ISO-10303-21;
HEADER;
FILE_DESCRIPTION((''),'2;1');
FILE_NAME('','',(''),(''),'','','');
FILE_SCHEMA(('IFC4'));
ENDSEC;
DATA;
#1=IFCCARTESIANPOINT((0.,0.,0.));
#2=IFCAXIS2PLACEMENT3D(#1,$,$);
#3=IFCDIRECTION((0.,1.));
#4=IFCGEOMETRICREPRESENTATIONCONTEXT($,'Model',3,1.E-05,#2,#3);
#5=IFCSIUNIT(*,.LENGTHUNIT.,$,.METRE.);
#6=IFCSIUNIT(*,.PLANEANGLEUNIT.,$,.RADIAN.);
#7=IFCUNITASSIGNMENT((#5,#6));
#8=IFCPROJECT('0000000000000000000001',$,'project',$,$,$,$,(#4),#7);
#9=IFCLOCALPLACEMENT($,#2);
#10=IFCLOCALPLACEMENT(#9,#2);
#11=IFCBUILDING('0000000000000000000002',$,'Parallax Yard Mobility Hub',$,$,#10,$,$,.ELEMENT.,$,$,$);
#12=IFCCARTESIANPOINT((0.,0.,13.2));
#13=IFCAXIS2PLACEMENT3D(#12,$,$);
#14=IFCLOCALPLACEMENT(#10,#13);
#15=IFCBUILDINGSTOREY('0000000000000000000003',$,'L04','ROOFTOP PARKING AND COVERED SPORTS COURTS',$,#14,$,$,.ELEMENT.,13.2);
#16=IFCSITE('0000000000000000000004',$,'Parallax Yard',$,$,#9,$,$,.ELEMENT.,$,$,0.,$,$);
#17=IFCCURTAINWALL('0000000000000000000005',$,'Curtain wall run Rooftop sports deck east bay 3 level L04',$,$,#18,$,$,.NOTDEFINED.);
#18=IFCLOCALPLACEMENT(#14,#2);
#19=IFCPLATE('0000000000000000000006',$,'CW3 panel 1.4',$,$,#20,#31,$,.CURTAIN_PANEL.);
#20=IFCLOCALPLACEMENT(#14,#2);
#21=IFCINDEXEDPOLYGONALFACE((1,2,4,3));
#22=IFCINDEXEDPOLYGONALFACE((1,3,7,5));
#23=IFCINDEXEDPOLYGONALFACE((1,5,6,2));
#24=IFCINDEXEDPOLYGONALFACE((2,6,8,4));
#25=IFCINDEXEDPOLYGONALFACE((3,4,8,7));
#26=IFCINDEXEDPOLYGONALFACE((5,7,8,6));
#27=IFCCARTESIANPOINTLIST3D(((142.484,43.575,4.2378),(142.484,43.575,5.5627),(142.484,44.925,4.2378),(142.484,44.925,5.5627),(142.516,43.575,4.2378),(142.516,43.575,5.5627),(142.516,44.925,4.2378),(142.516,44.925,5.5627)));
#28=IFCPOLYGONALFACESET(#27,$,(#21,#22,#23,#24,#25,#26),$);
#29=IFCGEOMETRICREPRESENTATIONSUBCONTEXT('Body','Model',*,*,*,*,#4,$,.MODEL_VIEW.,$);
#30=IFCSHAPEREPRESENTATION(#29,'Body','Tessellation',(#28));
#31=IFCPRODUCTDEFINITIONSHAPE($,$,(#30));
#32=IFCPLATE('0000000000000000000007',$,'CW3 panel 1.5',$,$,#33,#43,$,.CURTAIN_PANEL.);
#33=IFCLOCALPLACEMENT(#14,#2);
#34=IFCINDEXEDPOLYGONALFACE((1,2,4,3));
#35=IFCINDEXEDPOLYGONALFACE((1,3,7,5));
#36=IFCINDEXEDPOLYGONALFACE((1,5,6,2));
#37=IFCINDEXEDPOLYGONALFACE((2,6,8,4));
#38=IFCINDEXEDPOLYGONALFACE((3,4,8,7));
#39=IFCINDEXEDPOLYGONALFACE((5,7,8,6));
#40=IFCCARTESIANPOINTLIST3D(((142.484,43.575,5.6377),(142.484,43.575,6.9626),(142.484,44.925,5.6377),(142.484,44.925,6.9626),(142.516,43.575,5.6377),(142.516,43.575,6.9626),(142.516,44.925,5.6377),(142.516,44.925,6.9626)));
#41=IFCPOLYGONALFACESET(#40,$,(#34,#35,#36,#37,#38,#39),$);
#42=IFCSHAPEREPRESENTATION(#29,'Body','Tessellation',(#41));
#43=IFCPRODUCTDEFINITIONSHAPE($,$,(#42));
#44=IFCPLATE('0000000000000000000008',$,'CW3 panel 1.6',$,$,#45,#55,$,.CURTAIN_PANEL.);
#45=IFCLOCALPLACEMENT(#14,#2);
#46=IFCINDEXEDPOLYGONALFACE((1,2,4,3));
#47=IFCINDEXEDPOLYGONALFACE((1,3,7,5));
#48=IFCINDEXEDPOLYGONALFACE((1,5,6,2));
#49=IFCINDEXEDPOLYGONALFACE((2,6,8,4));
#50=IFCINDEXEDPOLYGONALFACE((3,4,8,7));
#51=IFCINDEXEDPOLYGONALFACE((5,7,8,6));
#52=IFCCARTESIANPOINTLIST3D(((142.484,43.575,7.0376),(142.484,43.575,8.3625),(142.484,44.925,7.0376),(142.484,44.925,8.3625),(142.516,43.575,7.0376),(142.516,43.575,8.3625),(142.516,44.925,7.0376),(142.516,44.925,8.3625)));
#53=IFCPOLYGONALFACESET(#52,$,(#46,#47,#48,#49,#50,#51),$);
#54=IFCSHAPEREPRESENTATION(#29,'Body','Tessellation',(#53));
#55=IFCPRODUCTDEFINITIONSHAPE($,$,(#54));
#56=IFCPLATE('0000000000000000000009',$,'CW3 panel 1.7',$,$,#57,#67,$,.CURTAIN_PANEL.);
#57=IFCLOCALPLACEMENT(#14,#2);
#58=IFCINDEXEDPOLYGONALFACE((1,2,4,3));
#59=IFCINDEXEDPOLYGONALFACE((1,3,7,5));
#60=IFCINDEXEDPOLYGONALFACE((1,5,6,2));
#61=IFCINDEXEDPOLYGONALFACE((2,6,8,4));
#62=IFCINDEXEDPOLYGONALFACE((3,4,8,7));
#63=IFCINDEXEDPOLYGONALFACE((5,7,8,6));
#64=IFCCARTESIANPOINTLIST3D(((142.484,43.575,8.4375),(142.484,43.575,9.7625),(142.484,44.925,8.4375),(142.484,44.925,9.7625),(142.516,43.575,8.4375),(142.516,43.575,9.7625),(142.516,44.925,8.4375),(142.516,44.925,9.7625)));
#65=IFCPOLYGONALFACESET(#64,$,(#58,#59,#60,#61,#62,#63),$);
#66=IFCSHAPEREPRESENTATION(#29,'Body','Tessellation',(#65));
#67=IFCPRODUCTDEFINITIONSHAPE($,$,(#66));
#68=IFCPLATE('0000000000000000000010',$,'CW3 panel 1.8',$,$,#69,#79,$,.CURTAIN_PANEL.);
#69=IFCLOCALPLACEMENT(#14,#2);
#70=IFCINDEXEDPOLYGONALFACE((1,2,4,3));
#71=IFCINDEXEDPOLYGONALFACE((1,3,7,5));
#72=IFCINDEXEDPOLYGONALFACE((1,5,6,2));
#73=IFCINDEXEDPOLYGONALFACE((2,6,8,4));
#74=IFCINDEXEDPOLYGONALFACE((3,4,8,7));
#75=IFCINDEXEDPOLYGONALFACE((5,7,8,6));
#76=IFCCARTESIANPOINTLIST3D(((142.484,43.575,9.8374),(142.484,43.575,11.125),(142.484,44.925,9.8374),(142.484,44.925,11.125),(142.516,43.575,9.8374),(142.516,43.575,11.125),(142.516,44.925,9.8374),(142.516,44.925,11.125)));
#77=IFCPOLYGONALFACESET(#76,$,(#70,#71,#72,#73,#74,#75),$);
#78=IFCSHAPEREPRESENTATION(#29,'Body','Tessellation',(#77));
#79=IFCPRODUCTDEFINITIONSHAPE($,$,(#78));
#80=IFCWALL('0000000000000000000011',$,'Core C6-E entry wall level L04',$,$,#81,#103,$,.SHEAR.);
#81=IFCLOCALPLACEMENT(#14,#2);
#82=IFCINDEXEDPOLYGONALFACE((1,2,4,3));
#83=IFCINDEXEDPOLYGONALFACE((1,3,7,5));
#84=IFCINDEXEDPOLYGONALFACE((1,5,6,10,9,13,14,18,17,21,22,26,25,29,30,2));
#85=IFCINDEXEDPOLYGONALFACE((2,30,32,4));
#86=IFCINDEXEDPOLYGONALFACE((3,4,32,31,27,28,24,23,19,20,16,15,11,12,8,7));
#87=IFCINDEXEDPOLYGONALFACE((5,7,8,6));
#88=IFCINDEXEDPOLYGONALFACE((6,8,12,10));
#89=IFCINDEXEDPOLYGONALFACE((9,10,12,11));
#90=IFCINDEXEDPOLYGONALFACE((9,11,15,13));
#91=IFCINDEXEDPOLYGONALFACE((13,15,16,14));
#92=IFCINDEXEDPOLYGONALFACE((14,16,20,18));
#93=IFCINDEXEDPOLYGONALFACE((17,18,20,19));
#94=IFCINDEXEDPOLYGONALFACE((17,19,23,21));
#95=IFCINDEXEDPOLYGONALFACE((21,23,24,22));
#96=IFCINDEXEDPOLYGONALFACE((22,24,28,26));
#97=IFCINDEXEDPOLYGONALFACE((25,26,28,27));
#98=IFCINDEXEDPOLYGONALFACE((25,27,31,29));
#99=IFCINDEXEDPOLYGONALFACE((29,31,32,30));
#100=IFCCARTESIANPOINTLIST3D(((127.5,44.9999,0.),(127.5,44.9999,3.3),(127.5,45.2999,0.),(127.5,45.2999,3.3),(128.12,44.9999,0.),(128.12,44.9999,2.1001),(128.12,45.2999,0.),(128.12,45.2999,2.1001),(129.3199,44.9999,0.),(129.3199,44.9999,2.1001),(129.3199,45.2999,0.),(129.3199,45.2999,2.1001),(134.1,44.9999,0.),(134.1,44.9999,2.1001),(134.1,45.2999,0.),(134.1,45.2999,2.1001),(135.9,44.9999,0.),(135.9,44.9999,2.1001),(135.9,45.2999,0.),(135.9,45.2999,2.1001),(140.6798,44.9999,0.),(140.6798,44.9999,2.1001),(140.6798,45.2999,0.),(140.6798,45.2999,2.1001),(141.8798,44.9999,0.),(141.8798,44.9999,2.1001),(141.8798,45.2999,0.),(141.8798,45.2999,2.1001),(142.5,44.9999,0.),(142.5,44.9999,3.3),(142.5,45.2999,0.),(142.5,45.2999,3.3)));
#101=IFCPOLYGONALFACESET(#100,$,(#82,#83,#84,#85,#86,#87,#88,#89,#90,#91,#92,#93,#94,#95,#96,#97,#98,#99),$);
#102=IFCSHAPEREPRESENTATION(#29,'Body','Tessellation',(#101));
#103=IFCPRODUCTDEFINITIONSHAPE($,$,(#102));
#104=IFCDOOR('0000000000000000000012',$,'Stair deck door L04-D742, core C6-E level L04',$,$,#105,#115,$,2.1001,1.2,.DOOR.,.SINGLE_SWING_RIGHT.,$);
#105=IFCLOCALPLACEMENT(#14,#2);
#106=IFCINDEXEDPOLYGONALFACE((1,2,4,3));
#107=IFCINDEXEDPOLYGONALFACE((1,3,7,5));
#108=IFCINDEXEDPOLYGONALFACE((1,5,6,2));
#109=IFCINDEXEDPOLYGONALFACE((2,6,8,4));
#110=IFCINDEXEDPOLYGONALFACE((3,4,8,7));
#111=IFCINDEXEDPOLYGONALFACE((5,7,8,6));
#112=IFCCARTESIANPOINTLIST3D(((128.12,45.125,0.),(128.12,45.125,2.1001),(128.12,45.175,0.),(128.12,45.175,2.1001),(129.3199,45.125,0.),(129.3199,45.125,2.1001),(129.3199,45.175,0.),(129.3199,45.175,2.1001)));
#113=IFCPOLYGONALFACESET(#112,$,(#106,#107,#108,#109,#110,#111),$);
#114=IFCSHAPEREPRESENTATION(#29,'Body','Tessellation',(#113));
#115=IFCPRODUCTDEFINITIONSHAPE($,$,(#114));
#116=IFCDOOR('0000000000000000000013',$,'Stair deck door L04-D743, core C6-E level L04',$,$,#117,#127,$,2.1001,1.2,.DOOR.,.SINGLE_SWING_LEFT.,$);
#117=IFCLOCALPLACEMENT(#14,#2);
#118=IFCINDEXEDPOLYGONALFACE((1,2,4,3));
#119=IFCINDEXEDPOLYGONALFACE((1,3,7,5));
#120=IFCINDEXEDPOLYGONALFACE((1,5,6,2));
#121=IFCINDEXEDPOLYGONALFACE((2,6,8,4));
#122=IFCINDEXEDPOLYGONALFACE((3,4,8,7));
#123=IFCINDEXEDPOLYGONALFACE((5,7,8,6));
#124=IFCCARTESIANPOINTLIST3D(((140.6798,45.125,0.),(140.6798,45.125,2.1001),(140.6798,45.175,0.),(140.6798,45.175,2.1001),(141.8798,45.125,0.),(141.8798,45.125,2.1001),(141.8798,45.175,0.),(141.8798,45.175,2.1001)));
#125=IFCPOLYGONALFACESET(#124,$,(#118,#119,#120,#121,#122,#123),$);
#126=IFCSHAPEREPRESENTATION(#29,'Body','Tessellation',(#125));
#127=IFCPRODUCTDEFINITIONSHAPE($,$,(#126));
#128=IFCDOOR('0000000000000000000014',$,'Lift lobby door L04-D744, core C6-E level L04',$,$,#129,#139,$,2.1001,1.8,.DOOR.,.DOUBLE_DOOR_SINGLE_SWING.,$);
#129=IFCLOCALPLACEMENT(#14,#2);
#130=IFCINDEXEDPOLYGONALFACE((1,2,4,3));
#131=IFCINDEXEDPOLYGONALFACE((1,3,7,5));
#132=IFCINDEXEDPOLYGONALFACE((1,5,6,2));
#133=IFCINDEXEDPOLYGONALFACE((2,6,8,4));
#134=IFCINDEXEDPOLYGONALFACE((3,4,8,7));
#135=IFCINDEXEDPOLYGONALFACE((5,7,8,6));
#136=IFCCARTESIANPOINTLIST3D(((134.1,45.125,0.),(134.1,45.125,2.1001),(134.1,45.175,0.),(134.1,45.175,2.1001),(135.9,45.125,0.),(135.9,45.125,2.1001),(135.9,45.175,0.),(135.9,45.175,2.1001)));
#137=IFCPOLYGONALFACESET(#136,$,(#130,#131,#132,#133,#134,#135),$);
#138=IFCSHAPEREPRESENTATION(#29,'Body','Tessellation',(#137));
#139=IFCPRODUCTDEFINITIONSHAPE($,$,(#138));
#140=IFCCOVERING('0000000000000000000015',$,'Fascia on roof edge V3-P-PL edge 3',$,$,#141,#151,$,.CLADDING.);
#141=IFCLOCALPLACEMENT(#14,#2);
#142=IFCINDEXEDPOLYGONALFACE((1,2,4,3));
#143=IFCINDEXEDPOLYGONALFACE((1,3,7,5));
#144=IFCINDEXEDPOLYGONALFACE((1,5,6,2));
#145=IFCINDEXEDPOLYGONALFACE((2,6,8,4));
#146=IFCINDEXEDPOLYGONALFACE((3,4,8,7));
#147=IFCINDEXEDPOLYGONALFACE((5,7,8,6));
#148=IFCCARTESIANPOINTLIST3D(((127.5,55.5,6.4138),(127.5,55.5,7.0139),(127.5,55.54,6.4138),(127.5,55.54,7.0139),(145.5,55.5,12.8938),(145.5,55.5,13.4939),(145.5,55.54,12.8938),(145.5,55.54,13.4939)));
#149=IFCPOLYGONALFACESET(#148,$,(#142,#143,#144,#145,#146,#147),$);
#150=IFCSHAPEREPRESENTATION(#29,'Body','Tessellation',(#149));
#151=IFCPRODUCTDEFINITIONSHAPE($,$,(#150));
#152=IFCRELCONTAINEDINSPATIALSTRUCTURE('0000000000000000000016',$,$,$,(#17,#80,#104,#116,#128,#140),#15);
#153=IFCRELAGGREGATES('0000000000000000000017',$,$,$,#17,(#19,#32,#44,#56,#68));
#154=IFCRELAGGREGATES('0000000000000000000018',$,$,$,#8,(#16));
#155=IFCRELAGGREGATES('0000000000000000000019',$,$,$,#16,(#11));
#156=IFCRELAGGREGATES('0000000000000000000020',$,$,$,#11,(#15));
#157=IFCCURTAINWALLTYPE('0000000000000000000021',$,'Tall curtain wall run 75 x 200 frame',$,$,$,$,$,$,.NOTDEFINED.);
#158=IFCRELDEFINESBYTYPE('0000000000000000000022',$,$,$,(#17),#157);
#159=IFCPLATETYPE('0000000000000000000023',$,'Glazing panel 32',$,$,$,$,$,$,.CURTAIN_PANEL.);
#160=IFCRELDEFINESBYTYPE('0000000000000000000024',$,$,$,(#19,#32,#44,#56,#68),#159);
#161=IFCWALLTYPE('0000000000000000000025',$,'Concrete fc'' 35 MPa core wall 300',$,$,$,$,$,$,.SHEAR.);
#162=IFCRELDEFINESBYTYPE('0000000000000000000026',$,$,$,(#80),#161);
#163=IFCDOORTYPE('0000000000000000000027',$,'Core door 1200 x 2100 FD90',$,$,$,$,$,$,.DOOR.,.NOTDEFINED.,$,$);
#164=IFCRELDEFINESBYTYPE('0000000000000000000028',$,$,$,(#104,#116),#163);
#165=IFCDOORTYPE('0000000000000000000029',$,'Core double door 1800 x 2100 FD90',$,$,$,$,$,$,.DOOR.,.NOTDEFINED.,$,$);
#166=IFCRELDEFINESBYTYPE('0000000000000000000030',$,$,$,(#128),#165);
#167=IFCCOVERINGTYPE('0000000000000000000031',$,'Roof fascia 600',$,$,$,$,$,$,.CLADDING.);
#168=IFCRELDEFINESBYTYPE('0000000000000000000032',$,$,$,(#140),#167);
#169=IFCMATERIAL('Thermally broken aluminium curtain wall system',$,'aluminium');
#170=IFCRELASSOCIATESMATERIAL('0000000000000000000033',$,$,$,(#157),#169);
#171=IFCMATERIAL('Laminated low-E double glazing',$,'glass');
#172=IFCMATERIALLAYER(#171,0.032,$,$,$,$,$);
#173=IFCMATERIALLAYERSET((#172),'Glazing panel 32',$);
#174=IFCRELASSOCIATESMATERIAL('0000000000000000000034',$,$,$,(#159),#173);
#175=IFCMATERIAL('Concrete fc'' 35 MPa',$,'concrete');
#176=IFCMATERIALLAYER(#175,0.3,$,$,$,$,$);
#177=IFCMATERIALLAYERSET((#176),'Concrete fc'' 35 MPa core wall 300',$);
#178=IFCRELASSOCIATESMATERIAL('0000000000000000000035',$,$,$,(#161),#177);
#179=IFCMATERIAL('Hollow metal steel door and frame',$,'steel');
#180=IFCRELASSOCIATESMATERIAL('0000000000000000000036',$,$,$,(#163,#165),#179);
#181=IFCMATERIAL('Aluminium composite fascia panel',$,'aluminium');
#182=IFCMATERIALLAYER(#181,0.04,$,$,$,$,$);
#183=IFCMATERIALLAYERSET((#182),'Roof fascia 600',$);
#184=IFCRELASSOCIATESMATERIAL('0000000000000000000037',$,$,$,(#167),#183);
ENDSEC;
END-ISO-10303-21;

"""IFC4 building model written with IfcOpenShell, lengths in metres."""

from ifc_helpers import new_model, si_unit, direction, frame, frame_2d, origin, origin_2d, place, context, subcontext, project, spatial, polyline, rectangle, outline, extrude, material, layer, layer_set, type_object, element, fill, aggregate, save


model = new_model("IFC4")

# Units and contexts
model_context = context("Model", 3, precision=1e-05, world=origin(), true_north=direction((0.0, 1.0)))
body_context = subcontext(model_context, "Body", "Model", "MODEL_VIEW")
ifc_project = project(units=[si_unit("LENGTHUNIT", "METRE"), si_unit("PLANEANGLEUNIT", "RADIAN")], contexts=[model_context])

# Site, building, storey
site_placement = place(None, origin())
site = spatial("IfcSite", under=ifc_project, at=site_placement, Name="Parallax Yard", CompositionType="ELEMENT", RefElevation=0.0)
building_placement = place(site_placement, origin())
building = spatial("IfcBuilding", under=site, at=building_placement, Name="Parallax Yard Mobility Hub", CompositionType="ELEMENT")
storey_placement = place(building_placement, frame((0.0, 0.0, 13.2)))
storey = spatial("IfcBuildingStorey", under=building, at=storey_placement, Name="L04", Description="ROOFTOP PARKING AND COVERED SPORTS COURTS", CompositionType="ELEMENT", Elevation=13.2)

# Shared definitions
ifc_material_1 = material(Name="Thermally broken aluminium curtain wall system", Category="aluminium")
curtain_wall_type = type_object("IfcCurtainWallType", Name="Tall curtain wall run 75 x 200 frame", PredefinedType="NOTDEFINED", material=ifc_material_1)

# Curtain wall
curtain_wall_1_placement = place(storey_placement, origin())
curtain_wall_1 = element("IfcCurtainWall", 1, at=curtain_wall_1_placement, inside=storey, type_object=curtain_wall_type, Name="Curtain wall run Rooftop sports deck east bay 3 level L04", PredefinedType="NOTDEFINED")

# Plates
ifc_material_2 = material(Name="Laminated low-E double glazing", Category="glass")
ifc_layer_1 = layer(ifc_material_2, 0.032)
ifc_layer_set_1 = layer_set([ifc_layer_1], Name="Glazing panel 32")
plate_type = type_object("IfcPlateType", Name="Glazing panel 32", PredefinedType="CURTAIN_PANEL", material=ifc_layer_set_1)
plate_1_placement = place(storey_placement, frame((142.5, 44.25, 4.2378), z_axis=(0.0, 0.0, 1.0), x_axis=(0.0, 1.0, 0.0)))
plate_1 = element("IfcPlate", 2, at=plate_1_placement, type_object=plate_type, Name="CW3 panel 1.4", PredefinedType="CURTAIN_PANEL", context=body_context, shape_type="SweptSolid", body=[
    extrude(rectangle(XDim=1.3501, YDim=0.032, at=origin_2d()), origin(), (0.0, 0.0, 1.0), 1.325),
])
plate_2_placement = place(storey_placement, frame((142.5, 44.25, 5.6377), z_axis=(0.0, 0.0, 1.0), x_axis=(0.0, 1.0, 0.0)))
plate_2 = element("IfcPlate", 3, at=plate_2_placement, type_object=plate_type, Name="CW3 panel 1.5", PredefinedType="CURTAIN_PANEL", context=body_context, shape_type="SweptSolid", body=[
    extrude(rectangle(XDim=1.3501, YDim=0.032, at=origin_2d()), origin(), (0.0, 0.0, 1.0), 1.325),
])
plate_3_placement = place(storey_placement, frame((142.5, 44.25, 7.0376), z_axis=(0.0, 0.0, 1.0), x_axis=(0.0, 1.0, 0.0)))
plate_3 = element("IfcPlate", 4, at=plate_3_placement, type_object=plate_type, Name="CW3 panel 1.6", PredefinedType="CURTAIN_PANEL", context=body_context, shape_type="SweptSolid", body=[
    extrude(rectangle(XDim=1.3501, YDim=0.032, at=origin_2d()), origin(), (0.0, 0.0, 1.0), 1.325),
])
plate_4_placement = place(storey_placement, frame((142.5, 44.25, 8.4375), z_axis=(0.0, 0.0, 1.0), x_axis=(0.0, 1.0, 0.0)))
plate_4 = element("IfcPlate", 5, at=plate_4_placement, type_object=plate_type, Name="CW3 panel 1.7", PredefinedType="CURTAIN_PANEL", context=body_context, shape_type="SweptSolid", body=[
    extrude(rectangle(XDim=1.3501, YDim=0.032, at=origin_2d()), origin(), (0.0, 0.0, 1.0), 1.325),
])
plate_5_placement = place(storey_placement, frame((142.5, 44.25, 9.8374), z_axis=(0.0, 0.0, 1.0), x_axis=(0.0, 1.0, 0.0)))
plate_5 = element("IfcPlate", 6, at=plate_5_placement, type_object=plate_type, Name="CW3 panel 1.8", PredefinedType="CURTAIN_PANEL", context=body_context, shape_type="SweptSolid", body=[
    extrude(rectangle(XDim=1.3501, YDim=0.032, at=origin_2d()), origin(), (0.0, 0.0, 1.0), 1.2876),
])
aggregate(curtain_wall_1, [plate_1, plate_2, plate_3, plate_4, plate_5])

# Wall, openings, doors
ifc_material_3 = material(Name="Concrete fc' 35 MPa", Category="concrete")
ifc_layer_2 = layer(ifc_material_3, 0.3)
ifc_layer_set_2 = layer_set([ifc_layer_2], Name="Concrete fc' 35 MPa core wall 300")
wall_type = type_object("IfcWallType", Name="Concrete fc' 35 MPa core wall 300", PredefinedType="SHEAR", material=ifc_layer_set_2)
wall_placement = place(storey_placement, frame((142.5, 45.1499, 0.0), z_axis=(0.0, 0.0, 1.0), x_axis=(-1.0, 0.0, 0.0)))
wall = element("IfcWall", 7, at=wall_placement, inside=storey, type_object=wall_type, Name="Core C6-E entry wall level L04", PredefinedType="SHEAR", context=body_context, shape_type="SweptSolid", body=[
    extrude(rectangle(XDim=15.0, YDim=0.3, at=frame_2d((7.5, 0.0))), origin(), (0.0, 0.0, 1.0), 3.3),
])
opening_1_placement = place(wall_placement, frame((13.1799, 0.0, 0.0)))
opening_1 = element("IfcOpeningElement", 8, at=opening_1_placement, cuts=wall, PredefinedType="OPENING", context=body_context, shape_type="SweptSolid", body=[
    extrude(rectangle(XDim=1.2, YDim=2.1001, at=frame_2d((0.6001, 1.05))), frame((0.0, 0.1602, 0.0), z_axis=(0.0, -1.0, 0.0), x_axis=(1.0, 0.0, 0.0)), (0.0, 0.0, 1.0), 0.3201),
])
opening_2_placement = place(wall_placement, frame((0.6201, 0.0, 0.0)))
opening_2 = element("IfcOpeningElement", 9, at=opening_2_placement, cuts=wall, PredefinedType="OPENING", context=body_context, shape_type="SweptSolid", body=[
    extrude(rectangle(XDim=1.2, YDim=2.1001, at=frame_2d((0.6001, 1.05))), frame((0.0, 0.1602, 0.0), z_axis=(0.0, -1.0, 0.0), x_axis=(1.0, 0.0, 0.0)), (0.0, 0.0, 1.0), 0.3201),
])
opening_3_placement = place(wall_placement, frame((6.6001, 0.0, 0.0)))
opening_3 = element("IfcOpeningElement", 10, at=opening_3_placement, cuts=wall, PredefinedType="OPENING", context=body_context, shape_type="SweptSolid", body=[
    extrude(rectangle(XDim=1.8, YDim=2.1001, at=frame_2d((0.8999, 1.05))), frame((0.0, 0.1602, 0.0), z_axis=(0.0, -1.0, 0.0), x_axis=(1.0, 0.0, 0.0)), (0.0, 0.0, 1.0), 0.3201),
])
ifc_material_4 = material(Name="Hollow metal steel door and frame", Category="steel")
door_type_1 = type_object("IfcDoorType", Name="Core door 1200 x 2100 FD90", OperationType="NOTDEFINED", PredefinedType="DOOR", material=ifc_material_4)
door_1_placement = place(opening_1_placement, origin())
door_1 = element("IfcDoor", 11, at=door_1_placement, inside=storey, type_object=door_type_1, Name="Stair deck door L04-D742, core C6-E level L04", OperationType="SINGLE_SWING_RIGHT", OverallHeight=2.1001, OverallWidth=1.2, PredefinedType="DOOR", context=body_context, shape_type="SweptSolid", body=[
    extrude(rectangle(XDim=1.2, YDim=2.1001, at=frame_2d((0.6001, 1.05))), frame((0.0, 0.0249, 0.0), z_axis=(0.0, -1.0, 0.0), x_axis=(1.0, 0.0, 0.0)), (0.0, 0.0, 1.0), 0.05),
])
fill(opening_1, door_1)
door_2_placement = place(opening_2_placement, origin())
door_2 = element("IfcDoor", 12, at=door_2_placement, inside=storey, type_object=door_type_1, Name="Stair deck door L04-D743, core C6-E level L04", OperationType="SINGLE_SWING_LEFT", OverallHeight=2.1001, OverallWidth=1.2, PredefinedType="DOOR", context=body_context, shape_type="SweptSolid", body=[
    extrude(rectangle(XDim=1.2, YDim=2.1001, at=frame_2d((0.6001, 1.05))), frame((0.0, 0.0249, 0.0), z_axis=(0.0, -1.0, 0.0), x_axis=(1.0, 0.0, 0.0)), (0.0, 0.0, 1.0), 0.05),
])
fill(opening_2, door_2)
door_type_2 = type_object("IfcDoorType", Name="Core double door 1800 x 2100 FD90", OperationType="NOTDEFINED", PredefinedType="DOOR", material=ifc_material_4)
door_3_placement = place(opening_3_placement, origin())
door_3 = element("IfcDoor", 13, at=door_3_placement, inside=storey, type_object=door_type_2, Name="Lift lobby door L04-D744, core C6-E level L04", OperationType="DOUBLE_DOOR_SINGLE_SWING", OverallHeight=2.1001, OverallWidth=1.8, PredefinedType="DOOR", context=body_context, shape_type="SweptSolid", body=[
    extrude(rectangle(XDim=1.8, YDim=2.1001, at=frame_2d((0.8999, 1.05))), frame((0.0, 0.0249, 0.0), z_axis=(0.0, -1.0, 0.0), x_axis=(1.0, 0.0, 0.0)), (0.0, 0.0, 1.0), 0.05),
])
fill(opening_3, door_3)

# Covering
ifc_material_5 = material(Name="Aluminium composite fascia panel", Category="aluminium")
ifc_layer_3 = layer(ifc_material_5, 0.04)
ifc_layer_set_3 = layer_set([ifc_layer_3], Name="Roof fascia 600")
covering_type = type_object("IfcCoveringType", Name="Roof fascia 600", PredefinedType="CLADDING", material=ifc_layer_set_3)
covering_placement = place(storey_placement, frame((145.5, 55.5, 13.4939), z_axis=(0.0, -1.0, 0.0), x_axis=(-0.940888, 0.0, -0.338719)))
element("IfcCovering", 14, at=covering_placement, inside=storey, type_object=covering_type, Name="Fascia on roof edge V3-P-PL edge 3", PredefinedType="CLADDING", context=body_context, shape_type="SweptSolid", body=[
    extrude(outline(polyline([(0.0, 0.0), (19.1309, 0.0), (19.3341, 0.5646), (0.2033, 0.5646), (0.0, 0.0)])), origin(), (0.0, 0.0, -1.0), 0.04),
])

save(model, "model.ifc")
